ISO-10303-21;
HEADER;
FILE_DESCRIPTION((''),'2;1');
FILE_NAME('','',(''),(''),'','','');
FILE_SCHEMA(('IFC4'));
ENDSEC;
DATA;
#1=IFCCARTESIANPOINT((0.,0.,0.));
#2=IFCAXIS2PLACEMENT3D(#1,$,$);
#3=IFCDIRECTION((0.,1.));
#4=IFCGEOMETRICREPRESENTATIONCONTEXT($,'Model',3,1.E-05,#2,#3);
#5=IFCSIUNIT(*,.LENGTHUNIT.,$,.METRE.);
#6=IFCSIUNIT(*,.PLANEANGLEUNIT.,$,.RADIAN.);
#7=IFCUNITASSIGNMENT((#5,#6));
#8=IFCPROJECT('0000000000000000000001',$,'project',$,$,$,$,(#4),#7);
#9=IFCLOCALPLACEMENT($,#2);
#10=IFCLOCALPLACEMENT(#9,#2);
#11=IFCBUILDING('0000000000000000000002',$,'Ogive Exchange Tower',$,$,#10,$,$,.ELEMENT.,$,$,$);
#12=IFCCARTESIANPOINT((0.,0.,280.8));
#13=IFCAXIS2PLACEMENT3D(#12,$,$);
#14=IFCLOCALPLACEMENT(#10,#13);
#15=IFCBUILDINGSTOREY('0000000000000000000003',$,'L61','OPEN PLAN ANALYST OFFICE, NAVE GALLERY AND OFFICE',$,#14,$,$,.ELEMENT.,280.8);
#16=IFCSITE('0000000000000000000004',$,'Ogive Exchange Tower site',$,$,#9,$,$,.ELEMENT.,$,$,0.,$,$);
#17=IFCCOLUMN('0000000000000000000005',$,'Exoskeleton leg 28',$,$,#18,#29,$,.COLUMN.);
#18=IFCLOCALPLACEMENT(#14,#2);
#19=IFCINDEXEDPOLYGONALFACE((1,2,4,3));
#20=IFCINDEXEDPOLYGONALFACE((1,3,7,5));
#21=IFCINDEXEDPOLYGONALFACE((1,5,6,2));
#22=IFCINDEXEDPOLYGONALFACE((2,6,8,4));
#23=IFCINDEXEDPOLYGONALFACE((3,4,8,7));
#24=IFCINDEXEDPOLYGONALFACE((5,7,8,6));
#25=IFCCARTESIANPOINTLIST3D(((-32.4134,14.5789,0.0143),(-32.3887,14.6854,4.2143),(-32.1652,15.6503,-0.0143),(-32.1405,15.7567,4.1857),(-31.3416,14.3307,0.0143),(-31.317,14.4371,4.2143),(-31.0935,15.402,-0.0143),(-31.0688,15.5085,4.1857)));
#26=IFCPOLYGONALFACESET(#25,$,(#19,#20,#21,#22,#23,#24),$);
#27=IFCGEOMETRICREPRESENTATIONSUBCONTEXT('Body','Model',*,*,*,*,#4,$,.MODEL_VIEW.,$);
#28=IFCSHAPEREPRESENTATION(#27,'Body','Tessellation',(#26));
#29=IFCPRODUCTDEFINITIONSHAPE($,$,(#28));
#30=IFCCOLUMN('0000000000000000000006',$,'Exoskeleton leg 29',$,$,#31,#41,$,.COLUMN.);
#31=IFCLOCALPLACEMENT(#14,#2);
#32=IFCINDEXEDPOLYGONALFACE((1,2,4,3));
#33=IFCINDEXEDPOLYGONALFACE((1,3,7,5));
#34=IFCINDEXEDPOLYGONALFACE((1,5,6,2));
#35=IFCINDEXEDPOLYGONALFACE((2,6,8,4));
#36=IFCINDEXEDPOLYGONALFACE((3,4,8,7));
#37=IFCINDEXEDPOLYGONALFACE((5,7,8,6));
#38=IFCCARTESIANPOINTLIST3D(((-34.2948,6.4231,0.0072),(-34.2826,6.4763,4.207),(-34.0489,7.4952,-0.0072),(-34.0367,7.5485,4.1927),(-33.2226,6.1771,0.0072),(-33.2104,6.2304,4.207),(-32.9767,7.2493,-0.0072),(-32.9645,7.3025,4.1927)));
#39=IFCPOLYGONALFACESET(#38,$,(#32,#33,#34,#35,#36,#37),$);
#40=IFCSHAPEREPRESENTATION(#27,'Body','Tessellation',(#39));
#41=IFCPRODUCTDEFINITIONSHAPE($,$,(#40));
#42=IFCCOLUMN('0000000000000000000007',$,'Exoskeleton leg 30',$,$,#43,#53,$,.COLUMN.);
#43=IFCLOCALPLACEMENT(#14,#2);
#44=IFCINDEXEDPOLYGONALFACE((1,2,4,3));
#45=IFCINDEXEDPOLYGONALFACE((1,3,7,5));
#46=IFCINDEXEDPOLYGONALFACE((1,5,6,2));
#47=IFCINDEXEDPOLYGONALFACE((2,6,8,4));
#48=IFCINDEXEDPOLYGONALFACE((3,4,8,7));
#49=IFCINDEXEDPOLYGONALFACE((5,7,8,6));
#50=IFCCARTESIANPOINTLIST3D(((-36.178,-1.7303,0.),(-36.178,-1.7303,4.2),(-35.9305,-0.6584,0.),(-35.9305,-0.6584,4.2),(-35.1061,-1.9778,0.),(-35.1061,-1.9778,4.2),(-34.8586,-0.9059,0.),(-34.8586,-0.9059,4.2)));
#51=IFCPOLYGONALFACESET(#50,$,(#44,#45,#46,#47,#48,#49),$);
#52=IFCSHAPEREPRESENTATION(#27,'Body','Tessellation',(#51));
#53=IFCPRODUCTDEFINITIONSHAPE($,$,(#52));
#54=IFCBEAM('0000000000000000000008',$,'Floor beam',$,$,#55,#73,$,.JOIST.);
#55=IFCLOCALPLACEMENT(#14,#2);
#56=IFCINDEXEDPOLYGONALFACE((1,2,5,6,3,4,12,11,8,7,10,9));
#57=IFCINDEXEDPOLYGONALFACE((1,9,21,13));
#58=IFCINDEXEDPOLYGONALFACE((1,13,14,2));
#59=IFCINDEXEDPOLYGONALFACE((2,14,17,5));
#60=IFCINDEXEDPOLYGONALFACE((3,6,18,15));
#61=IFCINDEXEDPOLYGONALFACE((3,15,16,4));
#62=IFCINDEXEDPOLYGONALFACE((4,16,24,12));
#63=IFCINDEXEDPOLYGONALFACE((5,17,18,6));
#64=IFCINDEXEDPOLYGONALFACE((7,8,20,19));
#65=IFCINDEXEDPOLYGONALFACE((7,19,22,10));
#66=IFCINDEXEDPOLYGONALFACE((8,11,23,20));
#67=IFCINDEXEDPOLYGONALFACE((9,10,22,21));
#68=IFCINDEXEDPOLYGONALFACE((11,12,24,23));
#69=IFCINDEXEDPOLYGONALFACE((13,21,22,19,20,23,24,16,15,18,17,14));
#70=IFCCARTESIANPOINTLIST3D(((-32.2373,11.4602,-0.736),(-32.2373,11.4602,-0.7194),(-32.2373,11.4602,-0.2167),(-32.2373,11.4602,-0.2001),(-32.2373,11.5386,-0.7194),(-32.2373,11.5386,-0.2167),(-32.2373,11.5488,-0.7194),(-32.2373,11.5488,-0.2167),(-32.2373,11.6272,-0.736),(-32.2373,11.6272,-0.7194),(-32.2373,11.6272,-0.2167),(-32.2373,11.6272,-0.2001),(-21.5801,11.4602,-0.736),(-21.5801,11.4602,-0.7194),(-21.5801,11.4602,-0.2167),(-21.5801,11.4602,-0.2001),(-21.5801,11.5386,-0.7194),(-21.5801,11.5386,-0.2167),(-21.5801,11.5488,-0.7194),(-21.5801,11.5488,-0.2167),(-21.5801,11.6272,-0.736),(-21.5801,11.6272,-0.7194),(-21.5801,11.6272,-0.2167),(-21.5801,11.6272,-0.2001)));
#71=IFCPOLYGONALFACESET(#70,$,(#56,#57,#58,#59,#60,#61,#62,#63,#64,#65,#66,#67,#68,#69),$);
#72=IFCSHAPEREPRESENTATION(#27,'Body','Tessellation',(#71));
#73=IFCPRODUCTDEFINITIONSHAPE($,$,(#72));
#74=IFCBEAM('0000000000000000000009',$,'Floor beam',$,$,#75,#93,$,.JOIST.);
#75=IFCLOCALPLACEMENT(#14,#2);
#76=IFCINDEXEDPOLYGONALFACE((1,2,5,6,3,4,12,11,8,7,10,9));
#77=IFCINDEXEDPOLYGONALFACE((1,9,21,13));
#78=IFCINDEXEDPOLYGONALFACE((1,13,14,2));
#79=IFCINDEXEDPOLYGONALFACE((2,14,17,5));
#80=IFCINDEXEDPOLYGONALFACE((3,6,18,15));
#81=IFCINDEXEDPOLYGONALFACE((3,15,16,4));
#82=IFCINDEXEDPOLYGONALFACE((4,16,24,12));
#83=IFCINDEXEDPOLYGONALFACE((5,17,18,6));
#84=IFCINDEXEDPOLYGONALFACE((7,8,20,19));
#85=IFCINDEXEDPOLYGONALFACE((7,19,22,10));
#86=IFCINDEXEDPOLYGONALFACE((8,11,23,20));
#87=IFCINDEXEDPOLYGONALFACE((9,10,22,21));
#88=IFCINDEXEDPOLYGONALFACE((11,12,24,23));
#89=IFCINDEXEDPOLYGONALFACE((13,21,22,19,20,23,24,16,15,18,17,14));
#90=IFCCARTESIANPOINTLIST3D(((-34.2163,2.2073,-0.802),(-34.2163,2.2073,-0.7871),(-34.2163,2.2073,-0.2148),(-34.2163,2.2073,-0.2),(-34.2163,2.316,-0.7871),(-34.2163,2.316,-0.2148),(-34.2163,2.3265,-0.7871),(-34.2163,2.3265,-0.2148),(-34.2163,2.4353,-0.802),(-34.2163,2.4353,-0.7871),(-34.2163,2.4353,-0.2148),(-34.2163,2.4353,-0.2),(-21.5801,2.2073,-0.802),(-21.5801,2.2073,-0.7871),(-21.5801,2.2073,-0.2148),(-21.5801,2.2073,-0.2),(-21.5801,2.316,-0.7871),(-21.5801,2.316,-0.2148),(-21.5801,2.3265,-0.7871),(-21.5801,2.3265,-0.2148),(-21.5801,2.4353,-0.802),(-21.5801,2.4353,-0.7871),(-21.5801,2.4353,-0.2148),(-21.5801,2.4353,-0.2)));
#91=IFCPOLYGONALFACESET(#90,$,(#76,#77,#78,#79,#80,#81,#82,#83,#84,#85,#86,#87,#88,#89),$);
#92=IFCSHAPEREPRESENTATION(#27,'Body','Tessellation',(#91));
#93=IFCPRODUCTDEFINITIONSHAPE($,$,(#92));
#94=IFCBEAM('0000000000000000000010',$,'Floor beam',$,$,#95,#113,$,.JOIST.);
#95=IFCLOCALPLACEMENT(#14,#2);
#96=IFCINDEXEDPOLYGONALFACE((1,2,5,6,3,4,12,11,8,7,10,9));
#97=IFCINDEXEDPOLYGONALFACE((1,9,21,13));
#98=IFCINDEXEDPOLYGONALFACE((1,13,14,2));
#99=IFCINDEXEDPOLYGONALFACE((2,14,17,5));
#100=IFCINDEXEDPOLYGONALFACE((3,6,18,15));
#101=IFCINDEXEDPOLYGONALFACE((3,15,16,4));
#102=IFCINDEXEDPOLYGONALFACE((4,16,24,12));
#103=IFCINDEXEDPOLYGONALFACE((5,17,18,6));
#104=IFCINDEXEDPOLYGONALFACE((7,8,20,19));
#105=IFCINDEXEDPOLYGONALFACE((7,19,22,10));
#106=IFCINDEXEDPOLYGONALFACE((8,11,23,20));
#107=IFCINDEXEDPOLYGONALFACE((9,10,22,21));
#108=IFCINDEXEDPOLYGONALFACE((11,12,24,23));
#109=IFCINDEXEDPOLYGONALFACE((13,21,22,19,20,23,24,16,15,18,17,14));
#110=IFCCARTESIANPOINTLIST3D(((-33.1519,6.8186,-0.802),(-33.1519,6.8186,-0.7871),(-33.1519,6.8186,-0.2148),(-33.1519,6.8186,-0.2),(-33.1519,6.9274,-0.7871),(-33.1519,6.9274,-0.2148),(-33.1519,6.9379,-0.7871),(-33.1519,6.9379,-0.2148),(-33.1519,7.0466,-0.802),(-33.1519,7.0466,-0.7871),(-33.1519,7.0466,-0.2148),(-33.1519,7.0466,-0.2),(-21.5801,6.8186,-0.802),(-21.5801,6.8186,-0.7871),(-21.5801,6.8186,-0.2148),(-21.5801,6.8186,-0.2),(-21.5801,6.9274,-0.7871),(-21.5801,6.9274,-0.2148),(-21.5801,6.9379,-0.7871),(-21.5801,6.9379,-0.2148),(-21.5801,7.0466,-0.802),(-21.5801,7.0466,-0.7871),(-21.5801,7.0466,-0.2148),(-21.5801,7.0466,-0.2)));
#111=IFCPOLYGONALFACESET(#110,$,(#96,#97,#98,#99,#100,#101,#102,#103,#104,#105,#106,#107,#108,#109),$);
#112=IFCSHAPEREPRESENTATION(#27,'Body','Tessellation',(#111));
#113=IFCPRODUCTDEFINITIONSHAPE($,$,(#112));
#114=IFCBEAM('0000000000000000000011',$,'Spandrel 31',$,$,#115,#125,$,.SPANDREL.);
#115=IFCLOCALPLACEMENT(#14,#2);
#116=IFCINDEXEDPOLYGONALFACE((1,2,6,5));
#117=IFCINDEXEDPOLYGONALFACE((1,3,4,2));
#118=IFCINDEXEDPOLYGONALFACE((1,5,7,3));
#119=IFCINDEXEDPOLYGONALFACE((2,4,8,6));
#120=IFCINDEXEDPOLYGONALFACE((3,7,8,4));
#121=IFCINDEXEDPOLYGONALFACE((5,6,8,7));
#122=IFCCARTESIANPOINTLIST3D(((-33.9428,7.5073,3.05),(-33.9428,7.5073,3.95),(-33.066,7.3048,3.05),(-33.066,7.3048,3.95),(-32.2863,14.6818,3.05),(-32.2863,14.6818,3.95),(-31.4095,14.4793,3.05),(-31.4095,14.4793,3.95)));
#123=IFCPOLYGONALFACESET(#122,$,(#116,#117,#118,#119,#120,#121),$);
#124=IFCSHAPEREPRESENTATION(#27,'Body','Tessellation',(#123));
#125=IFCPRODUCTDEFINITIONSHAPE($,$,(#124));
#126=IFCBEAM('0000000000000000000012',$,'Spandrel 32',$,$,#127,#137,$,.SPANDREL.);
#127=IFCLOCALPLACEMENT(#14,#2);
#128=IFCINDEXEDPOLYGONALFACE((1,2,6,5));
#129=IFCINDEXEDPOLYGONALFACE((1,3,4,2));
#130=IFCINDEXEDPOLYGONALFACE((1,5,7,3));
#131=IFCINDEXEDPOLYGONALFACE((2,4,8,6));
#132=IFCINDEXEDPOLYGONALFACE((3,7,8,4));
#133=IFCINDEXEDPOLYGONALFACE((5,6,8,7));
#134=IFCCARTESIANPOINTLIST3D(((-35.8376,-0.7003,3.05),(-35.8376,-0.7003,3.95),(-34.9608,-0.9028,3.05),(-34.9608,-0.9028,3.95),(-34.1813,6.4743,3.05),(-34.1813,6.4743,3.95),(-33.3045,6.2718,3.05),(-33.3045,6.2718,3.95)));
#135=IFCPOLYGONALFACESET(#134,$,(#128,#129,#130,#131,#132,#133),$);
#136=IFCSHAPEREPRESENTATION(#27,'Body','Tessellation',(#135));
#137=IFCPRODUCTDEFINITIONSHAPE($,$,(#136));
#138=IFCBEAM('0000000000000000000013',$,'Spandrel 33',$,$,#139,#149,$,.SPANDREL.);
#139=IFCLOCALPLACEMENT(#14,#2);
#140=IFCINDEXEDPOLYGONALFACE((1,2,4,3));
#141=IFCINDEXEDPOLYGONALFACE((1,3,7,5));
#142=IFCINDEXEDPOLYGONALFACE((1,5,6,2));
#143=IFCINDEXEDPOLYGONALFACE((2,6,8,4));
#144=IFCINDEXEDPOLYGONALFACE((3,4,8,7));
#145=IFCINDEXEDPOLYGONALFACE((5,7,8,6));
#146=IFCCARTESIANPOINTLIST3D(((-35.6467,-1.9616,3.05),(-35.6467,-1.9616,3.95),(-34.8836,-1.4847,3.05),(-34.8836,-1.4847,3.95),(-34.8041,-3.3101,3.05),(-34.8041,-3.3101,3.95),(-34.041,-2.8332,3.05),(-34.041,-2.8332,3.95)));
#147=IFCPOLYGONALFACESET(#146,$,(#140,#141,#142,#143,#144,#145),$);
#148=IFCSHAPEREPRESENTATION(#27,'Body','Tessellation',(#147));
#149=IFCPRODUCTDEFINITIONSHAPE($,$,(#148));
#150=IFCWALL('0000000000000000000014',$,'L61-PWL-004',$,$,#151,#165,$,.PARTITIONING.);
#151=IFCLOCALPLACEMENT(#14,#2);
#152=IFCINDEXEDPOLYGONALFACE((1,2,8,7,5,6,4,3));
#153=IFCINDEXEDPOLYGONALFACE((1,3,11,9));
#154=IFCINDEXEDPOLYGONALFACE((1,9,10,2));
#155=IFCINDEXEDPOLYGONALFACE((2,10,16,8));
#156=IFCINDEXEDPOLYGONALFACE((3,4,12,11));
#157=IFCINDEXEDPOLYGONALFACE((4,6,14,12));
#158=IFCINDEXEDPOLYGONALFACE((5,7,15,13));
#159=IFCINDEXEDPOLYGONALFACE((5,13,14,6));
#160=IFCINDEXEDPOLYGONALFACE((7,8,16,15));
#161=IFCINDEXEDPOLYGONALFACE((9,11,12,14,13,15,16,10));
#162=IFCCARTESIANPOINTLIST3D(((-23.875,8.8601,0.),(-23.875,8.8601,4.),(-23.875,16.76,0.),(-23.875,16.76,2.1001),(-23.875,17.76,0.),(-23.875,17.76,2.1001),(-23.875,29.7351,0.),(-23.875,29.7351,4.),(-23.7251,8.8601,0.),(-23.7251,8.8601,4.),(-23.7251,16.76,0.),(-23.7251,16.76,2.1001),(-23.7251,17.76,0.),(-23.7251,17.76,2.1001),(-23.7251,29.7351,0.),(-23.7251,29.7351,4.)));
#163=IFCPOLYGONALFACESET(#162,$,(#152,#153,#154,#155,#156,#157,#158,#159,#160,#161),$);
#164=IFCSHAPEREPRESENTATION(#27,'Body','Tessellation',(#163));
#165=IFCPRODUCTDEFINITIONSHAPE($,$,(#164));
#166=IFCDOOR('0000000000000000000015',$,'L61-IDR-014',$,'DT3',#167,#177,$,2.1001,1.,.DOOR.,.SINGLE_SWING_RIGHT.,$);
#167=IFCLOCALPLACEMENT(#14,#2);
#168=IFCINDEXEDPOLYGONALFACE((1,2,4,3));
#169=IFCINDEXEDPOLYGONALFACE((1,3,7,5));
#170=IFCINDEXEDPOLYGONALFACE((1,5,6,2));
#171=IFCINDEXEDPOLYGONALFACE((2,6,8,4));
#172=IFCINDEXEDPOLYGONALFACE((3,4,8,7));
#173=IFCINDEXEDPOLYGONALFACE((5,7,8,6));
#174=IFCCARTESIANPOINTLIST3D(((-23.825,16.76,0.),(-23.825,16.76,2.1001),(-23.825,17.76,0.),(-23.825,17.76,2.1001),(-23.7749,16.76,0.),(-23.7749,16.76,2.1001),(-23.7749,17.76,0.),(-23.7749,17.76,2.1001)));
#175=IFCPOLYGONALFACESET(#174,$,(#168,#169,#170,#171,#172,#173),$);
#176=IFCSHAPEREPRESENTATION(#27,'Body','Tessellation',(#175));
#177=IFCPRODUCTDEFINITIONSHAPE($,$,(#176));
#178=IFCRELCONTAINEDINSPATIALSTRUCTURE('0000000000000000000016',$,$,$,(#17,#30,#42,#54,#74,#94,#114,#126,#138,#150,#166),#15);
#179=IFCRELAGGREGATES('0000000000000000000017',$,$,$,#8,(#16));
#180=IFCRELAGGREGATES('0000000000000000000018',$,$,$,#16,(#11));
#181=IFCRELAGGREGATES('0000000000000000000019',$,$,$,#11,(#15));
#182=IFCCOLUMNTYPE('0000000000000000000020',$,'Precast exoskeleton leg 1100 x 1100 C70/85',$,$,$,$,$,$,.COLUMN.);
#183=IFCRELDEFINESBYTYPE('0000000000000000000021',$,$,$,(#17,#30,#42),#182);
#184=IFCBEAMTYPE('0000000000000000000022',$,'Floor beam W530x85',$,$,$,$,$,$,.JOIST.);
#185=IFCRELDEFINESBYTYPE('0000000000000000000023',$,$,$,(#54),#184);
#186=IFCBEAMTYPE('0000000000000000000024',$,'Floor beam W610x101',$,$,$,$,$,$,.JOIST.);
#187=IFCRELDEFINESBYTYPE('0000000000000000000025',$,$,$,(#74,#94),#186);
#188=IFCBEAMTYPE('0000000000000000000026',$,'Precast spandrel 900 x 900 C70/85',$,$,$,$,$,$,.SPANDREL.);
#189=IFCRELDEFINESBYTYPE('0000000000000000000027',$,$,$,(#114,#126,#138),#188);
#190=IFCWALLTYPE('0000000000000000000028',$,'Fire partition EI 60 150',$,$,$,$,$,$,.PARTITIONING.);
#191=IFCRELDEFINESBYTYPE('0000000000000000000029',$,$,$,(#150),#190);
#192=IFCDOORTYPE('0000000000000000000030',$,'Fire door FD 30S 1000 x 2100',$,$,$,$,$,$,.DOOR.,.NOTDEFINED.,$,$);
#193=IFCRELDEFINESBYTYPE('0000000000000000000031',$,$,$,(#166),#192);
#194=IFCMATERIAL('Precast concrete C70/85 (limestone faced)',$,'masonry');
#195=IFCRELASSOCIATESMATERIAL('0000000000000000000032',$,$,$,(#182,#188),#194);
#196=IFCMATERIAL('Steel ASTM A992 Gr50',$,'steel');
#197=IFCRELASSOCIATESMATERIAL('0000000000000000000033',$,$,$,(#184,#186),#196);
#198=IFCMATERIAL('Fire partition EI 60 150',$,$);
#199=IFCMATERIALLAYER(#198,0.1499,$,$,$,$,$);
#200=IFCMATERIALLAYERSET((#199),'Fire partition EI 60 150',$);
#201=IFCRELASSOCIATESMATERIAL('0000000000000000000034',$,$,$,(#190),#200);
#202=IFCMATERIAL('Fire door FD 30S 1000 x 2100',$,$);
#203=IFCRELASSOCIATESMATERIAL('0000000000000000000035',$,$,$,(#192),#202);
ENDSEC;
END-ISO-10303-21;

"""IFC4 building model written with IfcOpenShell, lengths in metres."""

from ifc_helpers import new_model, si_unit, direction, frame, frame_2d, origin, origin_2d, place, context, subcontext, project, spatial, rectangle, i_section, extrude, material, layer, layer_set, material_profile, profile_set, type_object, element, fill, save


model = new_model("IFC4")

# Units and contexts
model_context = context("Model", 3, precision=1e-05, world=origin(), true_north=direction((0.0, 1.0)))
body_context = subcontext(model_context, "Body", "Model", "MODEL_VIEW")
ifc_project = project(units=[si_unit("LENGTHUNIT", "METRE"), si_unit("PLANEANGLEUNIT", "RADIAN")], contexts=[model_context])

# Site, building, storey
site_placement = place(None, origin())
site = spatial("IfcSite", under=ifc_project, at=site_placement, Name="Ogive Exchange Tower site", CompositionType="ELEMENT", RefElevation=0.0)
building_placement = place(site_placement, origin())
building = spatial("IfcBuilding", under=site, at=building_placement, Name="Ogive Exchange Tower", CompositionType="ELEMENT")
storey_placement = place(building_placement, frame((0.0, 0.0, 280.8)))
storey = spatial("IfcBuildingStorey", under=building, at=storey_placement, Name="L61", Description="OPEN PLAN ANALYST OFFICE, NAVE GALLERY AND OFFICE", CompositionType="ELEMENT", Elevation=280.8)

# Columns
ifc_material_1 = material(Name="Precast concrete C70/85 (limestone faced)", Category="masonry")
ifc_material_profile_1 = material_profile(ifc_material_1, rectangle(XDim=1.1001, YDim=1.1001, at=origin_2d()), Name="1100 x 1100")
ifc_profile_set_1 = profile_set([ifc_material_profile_1], Name="Precast concrete C70/85 (limestone faced)")
column_type = type_object("IfcColumnType", Name="Precast exoskeleton leg 1100 x 1100 C70/85", PredefinedType="COLUMN", material=ifc_profile_set_1)
column_1_placement = place(storey_placement, frame((-31.7534, 14.9905, 0.0), z_axis=(0.005869, 0.025336, 0.999662), x_axis=(-0.974203, 0.225675, 0.0)))
element("IfcColumn", 1, at=column_1_placement, inside=storey, type_object=column_type, Name="Exoskeleton leg 28", PredefinedType="COLUMN", context=body_context, shape_type="SweptSolid", body=[
    extrude(rectangle(XDim=1.1001, YDim=1.1001, at=origin_2d()), origin(), (0.0, 0.0, 1.0), 4.2014),
])
column_2_placement = place(storey_placement, frame((-33.6357, 6.8362, 0.0), z_axis=(0.002906, 0.012671, 0.999915), x_axis=(-0.974692, 0.223553, 0.0)))
element("IfcColumn", 2, at=column_2_placement, inside=storey, type_object=column_type, Name="Exoskeleton leg 29", PredefinedType="COLUMN", context=body_context, shape_type="SweptSolid", body=[
    extrude(rectangle(XDim=1.1001, YDim=1.1001, at=origin_2d()), origin(), (0.0, 0.0, 1.0), 4.2002),
])
column_3_placement = place(storey_placement, frame((-35.5183, -1.3181, 0.0), z_axis=(0.0, 0.0, 1.0), x_axis=(0.97437, -0.224951, 0.0)))
element("IfcColumn", 3, at=column_3_placement, inside=storey, type_object=column_type, Name="Exoskeleton leg 30", PredefinedType="COLUMN", context=body_context, shape_type="SweptSolid", body=[
    extrude(rectangle(XDim=1.1001, YDim=1.1001, at=origin_2d()), origin(), (0.0, 0.0, 1.0), 4.2),
])

# Beams
ifc_material_2 = material(Name="Steel ASTM A992 Gr50", Category="steel")
ifc_material_profile_2 = material_profile(ifc_material_2, i_section(OverallWidth=0.167, OverallDepth=0.5359, WebThickness=0.0103, FlangeThickness=0.0166, at=origin_2d()), Name="W530x85")
ifc_profile_set_2 = profile_set([ifc_material_profile_2], Name="Steel ASTM A992 Gr50")
beam_type_1 = type_object("IfcBeamType", Name="Floor beam W530x85", PredefinedType="JOIST", material=ifc_profile_set_2)
beam_1_placement = place(storey_placement, frame((-32.2373, 11.5437, -0.468), z_axis=(1.0, 0.0, 0.0), x_axis=(0.0, 1.0, 0.0)))
element("IfcBeam", 4, at=beam_1_placement, inside=storey, type_object=beam_type_1, Name="Floor beam", PredefinedType="JOIST", context=body_context, shape_type="SweptSolid", body=[
    extrude(i_section(OverallWidth=0.167, OverallDepth=0.5359, WebThickness=0.0103, FlangeThickness=0.0166, at=origin_2d()), origin(), (0.0, 0.0, 1.0), 10.6572),
])
ifc_material_profile_3 = material_profile(ifc_material_2, i_section(OverallWidth=0.228, OverallDepth=0.6021, WebThickness=0.0105, FlangeThickness=0.0149, at=origin_2d()), Name="W610x101")
ifc_profile_set_3 = profile_set([ifc_material_profile_3], Name="Steel ASTM A992 Gr50")
beam_type_2 = type_object("IfcBeamType", Name="Floor beam W610x101", PredefinedType="JOIST", material=ifc_profile_set_3)
beam_2_placement = place(storey_placement, frame((-34.2163, 2.3213, -0.501), z_axis=(1.0, 0.0, 0.0), x_axis=(0.0, 1.0, 0.0)))
element("IfcBeam", 5, at=beam_2_placement, inside=storey, type_object=beam_type_2, Name="Floor beam", PredefinedType="JOIST", context=body_context, shape_type="SweptSolid", body=[
    extrude(i_section(OverallWidth=0.228, OverallDepth=0.6021, WebThickness=0.0105, FlangeThickness=0.0149, at=origin_2d()), origin(), (0.0, 0.0, 1.0), 12.6362),
])
beam_3_placement = place(storey_placement, frame((-33.1519, 6.9326, -0.501), z_axis=(1.0, 0.0, 0.0), x_axis=(0.0, 1.0, 0.0)))
element("IfcBeam", 6, at=beam_3_placement, inside=storey, type_object=beam_type_2, Name="Floor beam", PredefinedType="JOIST", context=body_context, shape_type="SweptSolid", body=[
    extrude(i_section(OverallWidth=0.228, OverallDepth=0.6021, WebThickness=0.0105, FlangeThickness=0.0149, at=origin_2d()), origin(), (0.0, 0.0, 1.0), 11.5718),
])
ifc_material_profile_4 = material_profile(ifc_material_1, rectangle(XDim=0.8999, YDim=0.8999, at=origin_2d()), Name="900 x 900")
ifc_profile_set_4 = profile_set([ifc_material_profile_4], Name="Precast concrete C70/85 (limestone faced)")
beam_type_3 = type_object("IfcBeamType", Name="Precast spandrel 900 x 900 C70/85", PredefinedType="SPANDREL", material=ifc_profile_set_4)
for number, where, z_axis, x_axis, name in (
    (7, (-31.8479, 14.5806, 3.5), (-0.224966, -0.974367, 0.0), (0.974367, -0.224966, 0.0), "Spandrel 31"),
    (8, (-33.7429, 6.373, 3.5), (-0.224935, -0.974374, 0.0), (0.974374, -0.224935, 0.0), "Spandrel 32"),
):
    element("IfcBeam", number, at=place(storey_placement, frame(where, z_axis=z_axis, x_axis=x_axis)), inside=storey, type_object=beam_type_3, Name=name, PredefinedType="SPANDREL", context=body_context, shape_type="SweptSolid", body=[
        extrude(rectangle(XDim=0.8999, YDim=0.8999, at=origin_2d()), origin(), (0.0, 0.0, 1.0), 7.3633),
    ])
beam_4_placement = place(storey_placement, frame((-35.2651, -1.7231, 3.5), z_axis=(0.529902, -0.848059, 0.0), x_axis=(0.848059, 0.529902, 0.0)))
element("IfcBeam", 9, at=beam_4_placement, inside=storey, type_object=beam_type_3, Name="Spandrel 33", PredefinedType="SPANDREL", context=body_context, shape_type="SweptSolid", body=[
    extrude(rectangle(XDim=0.8999, YDim=0.8999, at=origin_2d()), origin(), (0.0, 0.0, 1.0), 1.5901),
])

# Wall, opening, door
ifc_material_3 = material(Name="Fire partition EI 60 150")
ifc_layer_1 = layer(ifc_material_3, 0.1499)
ifc_layer_set_1 = layer_set([ifc_layer_1], Name="Fire partition EI 60 150")
wall_type_1 = type_object("IfcWallType", Name="Fire partition EI 60 150", PredefinedType="PARTITIONING", material=ifc_layer_set_1)
wall_1_placement = place(storey_placement, frame((-23.8, 8.8601, 0.0), z_axis=(0.0, 0.0, 1.0), x_axis=(0.0, 1.0, 0.0)))
wall_1 = element("IfcWall", 10, at=wall_1_placement, inside=storey, type_object=wall_type_1, Name="L61-PWL-004", PredefinedType="PARTITIONING", context=body_context, shape_type="SweptSolid", body=[
    extrude(rectangle(XDim=20.875, YDim=0.1499, at=frame_2d((10.4375, 0.0))), origin(), (0.0, 0.0, 1.0), 4.0),
])
opening_placement = place(wall_1_placement, frame((7.8999, 0.0, 0.0)))
opening = element("IfcOpeningElement", 11, at=opening_placement, cuts=wall_1, PredefinedType="OPENING", context=body_context, shape_type="SweptSolid", body=[
    extrude(rectangle(XDim=1.0, YDim=2.1001, at=frame_2d((0.5, 1.05))), frame((0.0, 0.085, 0.0), z_axis=(0.0, -1.0, 0.0), x_axis=(1.0, 0.0, 0.0)), (0.0, 0.0, 1.0), 0.1699),
])
ifc_material_4 = material(Name="Fire door FD 30S 1000 x 2100")
door_type = type_object("IfcDoorType", Name="Fire door FD 30S 1000 x 2100", OperationType="NOTDEFINED", PredefinedType="DOOR", material=ifc_material_4)
door_placement = place(opening_placement, origin())
door = element("IfcDoor", 12, at=door_placement, inside=storey, type_object=door_type, Name="L61-IDR-014", ObjectType="DT3", OperationType="SINGLE_SWING_RIGHT", OverallHeight=2.1001, OverallWidth=1.0, PredefinedType="DOOR", context=body_context, shape_type="SweptSolid", body=[
    extrude(rectangle(XDim=1.0, YDim=2.1001, at=frame_2d((0.5, 1.05))), frame((0.0, 0.0249, 0.0), z_axis=(0.0, -1.0, 0.0), x_axis=(1.0, 0.0, 0.0)), (0.0, 0.0, 1.0), 0.05),
])
fill(opening, door)

save(model, "model.ifc")
